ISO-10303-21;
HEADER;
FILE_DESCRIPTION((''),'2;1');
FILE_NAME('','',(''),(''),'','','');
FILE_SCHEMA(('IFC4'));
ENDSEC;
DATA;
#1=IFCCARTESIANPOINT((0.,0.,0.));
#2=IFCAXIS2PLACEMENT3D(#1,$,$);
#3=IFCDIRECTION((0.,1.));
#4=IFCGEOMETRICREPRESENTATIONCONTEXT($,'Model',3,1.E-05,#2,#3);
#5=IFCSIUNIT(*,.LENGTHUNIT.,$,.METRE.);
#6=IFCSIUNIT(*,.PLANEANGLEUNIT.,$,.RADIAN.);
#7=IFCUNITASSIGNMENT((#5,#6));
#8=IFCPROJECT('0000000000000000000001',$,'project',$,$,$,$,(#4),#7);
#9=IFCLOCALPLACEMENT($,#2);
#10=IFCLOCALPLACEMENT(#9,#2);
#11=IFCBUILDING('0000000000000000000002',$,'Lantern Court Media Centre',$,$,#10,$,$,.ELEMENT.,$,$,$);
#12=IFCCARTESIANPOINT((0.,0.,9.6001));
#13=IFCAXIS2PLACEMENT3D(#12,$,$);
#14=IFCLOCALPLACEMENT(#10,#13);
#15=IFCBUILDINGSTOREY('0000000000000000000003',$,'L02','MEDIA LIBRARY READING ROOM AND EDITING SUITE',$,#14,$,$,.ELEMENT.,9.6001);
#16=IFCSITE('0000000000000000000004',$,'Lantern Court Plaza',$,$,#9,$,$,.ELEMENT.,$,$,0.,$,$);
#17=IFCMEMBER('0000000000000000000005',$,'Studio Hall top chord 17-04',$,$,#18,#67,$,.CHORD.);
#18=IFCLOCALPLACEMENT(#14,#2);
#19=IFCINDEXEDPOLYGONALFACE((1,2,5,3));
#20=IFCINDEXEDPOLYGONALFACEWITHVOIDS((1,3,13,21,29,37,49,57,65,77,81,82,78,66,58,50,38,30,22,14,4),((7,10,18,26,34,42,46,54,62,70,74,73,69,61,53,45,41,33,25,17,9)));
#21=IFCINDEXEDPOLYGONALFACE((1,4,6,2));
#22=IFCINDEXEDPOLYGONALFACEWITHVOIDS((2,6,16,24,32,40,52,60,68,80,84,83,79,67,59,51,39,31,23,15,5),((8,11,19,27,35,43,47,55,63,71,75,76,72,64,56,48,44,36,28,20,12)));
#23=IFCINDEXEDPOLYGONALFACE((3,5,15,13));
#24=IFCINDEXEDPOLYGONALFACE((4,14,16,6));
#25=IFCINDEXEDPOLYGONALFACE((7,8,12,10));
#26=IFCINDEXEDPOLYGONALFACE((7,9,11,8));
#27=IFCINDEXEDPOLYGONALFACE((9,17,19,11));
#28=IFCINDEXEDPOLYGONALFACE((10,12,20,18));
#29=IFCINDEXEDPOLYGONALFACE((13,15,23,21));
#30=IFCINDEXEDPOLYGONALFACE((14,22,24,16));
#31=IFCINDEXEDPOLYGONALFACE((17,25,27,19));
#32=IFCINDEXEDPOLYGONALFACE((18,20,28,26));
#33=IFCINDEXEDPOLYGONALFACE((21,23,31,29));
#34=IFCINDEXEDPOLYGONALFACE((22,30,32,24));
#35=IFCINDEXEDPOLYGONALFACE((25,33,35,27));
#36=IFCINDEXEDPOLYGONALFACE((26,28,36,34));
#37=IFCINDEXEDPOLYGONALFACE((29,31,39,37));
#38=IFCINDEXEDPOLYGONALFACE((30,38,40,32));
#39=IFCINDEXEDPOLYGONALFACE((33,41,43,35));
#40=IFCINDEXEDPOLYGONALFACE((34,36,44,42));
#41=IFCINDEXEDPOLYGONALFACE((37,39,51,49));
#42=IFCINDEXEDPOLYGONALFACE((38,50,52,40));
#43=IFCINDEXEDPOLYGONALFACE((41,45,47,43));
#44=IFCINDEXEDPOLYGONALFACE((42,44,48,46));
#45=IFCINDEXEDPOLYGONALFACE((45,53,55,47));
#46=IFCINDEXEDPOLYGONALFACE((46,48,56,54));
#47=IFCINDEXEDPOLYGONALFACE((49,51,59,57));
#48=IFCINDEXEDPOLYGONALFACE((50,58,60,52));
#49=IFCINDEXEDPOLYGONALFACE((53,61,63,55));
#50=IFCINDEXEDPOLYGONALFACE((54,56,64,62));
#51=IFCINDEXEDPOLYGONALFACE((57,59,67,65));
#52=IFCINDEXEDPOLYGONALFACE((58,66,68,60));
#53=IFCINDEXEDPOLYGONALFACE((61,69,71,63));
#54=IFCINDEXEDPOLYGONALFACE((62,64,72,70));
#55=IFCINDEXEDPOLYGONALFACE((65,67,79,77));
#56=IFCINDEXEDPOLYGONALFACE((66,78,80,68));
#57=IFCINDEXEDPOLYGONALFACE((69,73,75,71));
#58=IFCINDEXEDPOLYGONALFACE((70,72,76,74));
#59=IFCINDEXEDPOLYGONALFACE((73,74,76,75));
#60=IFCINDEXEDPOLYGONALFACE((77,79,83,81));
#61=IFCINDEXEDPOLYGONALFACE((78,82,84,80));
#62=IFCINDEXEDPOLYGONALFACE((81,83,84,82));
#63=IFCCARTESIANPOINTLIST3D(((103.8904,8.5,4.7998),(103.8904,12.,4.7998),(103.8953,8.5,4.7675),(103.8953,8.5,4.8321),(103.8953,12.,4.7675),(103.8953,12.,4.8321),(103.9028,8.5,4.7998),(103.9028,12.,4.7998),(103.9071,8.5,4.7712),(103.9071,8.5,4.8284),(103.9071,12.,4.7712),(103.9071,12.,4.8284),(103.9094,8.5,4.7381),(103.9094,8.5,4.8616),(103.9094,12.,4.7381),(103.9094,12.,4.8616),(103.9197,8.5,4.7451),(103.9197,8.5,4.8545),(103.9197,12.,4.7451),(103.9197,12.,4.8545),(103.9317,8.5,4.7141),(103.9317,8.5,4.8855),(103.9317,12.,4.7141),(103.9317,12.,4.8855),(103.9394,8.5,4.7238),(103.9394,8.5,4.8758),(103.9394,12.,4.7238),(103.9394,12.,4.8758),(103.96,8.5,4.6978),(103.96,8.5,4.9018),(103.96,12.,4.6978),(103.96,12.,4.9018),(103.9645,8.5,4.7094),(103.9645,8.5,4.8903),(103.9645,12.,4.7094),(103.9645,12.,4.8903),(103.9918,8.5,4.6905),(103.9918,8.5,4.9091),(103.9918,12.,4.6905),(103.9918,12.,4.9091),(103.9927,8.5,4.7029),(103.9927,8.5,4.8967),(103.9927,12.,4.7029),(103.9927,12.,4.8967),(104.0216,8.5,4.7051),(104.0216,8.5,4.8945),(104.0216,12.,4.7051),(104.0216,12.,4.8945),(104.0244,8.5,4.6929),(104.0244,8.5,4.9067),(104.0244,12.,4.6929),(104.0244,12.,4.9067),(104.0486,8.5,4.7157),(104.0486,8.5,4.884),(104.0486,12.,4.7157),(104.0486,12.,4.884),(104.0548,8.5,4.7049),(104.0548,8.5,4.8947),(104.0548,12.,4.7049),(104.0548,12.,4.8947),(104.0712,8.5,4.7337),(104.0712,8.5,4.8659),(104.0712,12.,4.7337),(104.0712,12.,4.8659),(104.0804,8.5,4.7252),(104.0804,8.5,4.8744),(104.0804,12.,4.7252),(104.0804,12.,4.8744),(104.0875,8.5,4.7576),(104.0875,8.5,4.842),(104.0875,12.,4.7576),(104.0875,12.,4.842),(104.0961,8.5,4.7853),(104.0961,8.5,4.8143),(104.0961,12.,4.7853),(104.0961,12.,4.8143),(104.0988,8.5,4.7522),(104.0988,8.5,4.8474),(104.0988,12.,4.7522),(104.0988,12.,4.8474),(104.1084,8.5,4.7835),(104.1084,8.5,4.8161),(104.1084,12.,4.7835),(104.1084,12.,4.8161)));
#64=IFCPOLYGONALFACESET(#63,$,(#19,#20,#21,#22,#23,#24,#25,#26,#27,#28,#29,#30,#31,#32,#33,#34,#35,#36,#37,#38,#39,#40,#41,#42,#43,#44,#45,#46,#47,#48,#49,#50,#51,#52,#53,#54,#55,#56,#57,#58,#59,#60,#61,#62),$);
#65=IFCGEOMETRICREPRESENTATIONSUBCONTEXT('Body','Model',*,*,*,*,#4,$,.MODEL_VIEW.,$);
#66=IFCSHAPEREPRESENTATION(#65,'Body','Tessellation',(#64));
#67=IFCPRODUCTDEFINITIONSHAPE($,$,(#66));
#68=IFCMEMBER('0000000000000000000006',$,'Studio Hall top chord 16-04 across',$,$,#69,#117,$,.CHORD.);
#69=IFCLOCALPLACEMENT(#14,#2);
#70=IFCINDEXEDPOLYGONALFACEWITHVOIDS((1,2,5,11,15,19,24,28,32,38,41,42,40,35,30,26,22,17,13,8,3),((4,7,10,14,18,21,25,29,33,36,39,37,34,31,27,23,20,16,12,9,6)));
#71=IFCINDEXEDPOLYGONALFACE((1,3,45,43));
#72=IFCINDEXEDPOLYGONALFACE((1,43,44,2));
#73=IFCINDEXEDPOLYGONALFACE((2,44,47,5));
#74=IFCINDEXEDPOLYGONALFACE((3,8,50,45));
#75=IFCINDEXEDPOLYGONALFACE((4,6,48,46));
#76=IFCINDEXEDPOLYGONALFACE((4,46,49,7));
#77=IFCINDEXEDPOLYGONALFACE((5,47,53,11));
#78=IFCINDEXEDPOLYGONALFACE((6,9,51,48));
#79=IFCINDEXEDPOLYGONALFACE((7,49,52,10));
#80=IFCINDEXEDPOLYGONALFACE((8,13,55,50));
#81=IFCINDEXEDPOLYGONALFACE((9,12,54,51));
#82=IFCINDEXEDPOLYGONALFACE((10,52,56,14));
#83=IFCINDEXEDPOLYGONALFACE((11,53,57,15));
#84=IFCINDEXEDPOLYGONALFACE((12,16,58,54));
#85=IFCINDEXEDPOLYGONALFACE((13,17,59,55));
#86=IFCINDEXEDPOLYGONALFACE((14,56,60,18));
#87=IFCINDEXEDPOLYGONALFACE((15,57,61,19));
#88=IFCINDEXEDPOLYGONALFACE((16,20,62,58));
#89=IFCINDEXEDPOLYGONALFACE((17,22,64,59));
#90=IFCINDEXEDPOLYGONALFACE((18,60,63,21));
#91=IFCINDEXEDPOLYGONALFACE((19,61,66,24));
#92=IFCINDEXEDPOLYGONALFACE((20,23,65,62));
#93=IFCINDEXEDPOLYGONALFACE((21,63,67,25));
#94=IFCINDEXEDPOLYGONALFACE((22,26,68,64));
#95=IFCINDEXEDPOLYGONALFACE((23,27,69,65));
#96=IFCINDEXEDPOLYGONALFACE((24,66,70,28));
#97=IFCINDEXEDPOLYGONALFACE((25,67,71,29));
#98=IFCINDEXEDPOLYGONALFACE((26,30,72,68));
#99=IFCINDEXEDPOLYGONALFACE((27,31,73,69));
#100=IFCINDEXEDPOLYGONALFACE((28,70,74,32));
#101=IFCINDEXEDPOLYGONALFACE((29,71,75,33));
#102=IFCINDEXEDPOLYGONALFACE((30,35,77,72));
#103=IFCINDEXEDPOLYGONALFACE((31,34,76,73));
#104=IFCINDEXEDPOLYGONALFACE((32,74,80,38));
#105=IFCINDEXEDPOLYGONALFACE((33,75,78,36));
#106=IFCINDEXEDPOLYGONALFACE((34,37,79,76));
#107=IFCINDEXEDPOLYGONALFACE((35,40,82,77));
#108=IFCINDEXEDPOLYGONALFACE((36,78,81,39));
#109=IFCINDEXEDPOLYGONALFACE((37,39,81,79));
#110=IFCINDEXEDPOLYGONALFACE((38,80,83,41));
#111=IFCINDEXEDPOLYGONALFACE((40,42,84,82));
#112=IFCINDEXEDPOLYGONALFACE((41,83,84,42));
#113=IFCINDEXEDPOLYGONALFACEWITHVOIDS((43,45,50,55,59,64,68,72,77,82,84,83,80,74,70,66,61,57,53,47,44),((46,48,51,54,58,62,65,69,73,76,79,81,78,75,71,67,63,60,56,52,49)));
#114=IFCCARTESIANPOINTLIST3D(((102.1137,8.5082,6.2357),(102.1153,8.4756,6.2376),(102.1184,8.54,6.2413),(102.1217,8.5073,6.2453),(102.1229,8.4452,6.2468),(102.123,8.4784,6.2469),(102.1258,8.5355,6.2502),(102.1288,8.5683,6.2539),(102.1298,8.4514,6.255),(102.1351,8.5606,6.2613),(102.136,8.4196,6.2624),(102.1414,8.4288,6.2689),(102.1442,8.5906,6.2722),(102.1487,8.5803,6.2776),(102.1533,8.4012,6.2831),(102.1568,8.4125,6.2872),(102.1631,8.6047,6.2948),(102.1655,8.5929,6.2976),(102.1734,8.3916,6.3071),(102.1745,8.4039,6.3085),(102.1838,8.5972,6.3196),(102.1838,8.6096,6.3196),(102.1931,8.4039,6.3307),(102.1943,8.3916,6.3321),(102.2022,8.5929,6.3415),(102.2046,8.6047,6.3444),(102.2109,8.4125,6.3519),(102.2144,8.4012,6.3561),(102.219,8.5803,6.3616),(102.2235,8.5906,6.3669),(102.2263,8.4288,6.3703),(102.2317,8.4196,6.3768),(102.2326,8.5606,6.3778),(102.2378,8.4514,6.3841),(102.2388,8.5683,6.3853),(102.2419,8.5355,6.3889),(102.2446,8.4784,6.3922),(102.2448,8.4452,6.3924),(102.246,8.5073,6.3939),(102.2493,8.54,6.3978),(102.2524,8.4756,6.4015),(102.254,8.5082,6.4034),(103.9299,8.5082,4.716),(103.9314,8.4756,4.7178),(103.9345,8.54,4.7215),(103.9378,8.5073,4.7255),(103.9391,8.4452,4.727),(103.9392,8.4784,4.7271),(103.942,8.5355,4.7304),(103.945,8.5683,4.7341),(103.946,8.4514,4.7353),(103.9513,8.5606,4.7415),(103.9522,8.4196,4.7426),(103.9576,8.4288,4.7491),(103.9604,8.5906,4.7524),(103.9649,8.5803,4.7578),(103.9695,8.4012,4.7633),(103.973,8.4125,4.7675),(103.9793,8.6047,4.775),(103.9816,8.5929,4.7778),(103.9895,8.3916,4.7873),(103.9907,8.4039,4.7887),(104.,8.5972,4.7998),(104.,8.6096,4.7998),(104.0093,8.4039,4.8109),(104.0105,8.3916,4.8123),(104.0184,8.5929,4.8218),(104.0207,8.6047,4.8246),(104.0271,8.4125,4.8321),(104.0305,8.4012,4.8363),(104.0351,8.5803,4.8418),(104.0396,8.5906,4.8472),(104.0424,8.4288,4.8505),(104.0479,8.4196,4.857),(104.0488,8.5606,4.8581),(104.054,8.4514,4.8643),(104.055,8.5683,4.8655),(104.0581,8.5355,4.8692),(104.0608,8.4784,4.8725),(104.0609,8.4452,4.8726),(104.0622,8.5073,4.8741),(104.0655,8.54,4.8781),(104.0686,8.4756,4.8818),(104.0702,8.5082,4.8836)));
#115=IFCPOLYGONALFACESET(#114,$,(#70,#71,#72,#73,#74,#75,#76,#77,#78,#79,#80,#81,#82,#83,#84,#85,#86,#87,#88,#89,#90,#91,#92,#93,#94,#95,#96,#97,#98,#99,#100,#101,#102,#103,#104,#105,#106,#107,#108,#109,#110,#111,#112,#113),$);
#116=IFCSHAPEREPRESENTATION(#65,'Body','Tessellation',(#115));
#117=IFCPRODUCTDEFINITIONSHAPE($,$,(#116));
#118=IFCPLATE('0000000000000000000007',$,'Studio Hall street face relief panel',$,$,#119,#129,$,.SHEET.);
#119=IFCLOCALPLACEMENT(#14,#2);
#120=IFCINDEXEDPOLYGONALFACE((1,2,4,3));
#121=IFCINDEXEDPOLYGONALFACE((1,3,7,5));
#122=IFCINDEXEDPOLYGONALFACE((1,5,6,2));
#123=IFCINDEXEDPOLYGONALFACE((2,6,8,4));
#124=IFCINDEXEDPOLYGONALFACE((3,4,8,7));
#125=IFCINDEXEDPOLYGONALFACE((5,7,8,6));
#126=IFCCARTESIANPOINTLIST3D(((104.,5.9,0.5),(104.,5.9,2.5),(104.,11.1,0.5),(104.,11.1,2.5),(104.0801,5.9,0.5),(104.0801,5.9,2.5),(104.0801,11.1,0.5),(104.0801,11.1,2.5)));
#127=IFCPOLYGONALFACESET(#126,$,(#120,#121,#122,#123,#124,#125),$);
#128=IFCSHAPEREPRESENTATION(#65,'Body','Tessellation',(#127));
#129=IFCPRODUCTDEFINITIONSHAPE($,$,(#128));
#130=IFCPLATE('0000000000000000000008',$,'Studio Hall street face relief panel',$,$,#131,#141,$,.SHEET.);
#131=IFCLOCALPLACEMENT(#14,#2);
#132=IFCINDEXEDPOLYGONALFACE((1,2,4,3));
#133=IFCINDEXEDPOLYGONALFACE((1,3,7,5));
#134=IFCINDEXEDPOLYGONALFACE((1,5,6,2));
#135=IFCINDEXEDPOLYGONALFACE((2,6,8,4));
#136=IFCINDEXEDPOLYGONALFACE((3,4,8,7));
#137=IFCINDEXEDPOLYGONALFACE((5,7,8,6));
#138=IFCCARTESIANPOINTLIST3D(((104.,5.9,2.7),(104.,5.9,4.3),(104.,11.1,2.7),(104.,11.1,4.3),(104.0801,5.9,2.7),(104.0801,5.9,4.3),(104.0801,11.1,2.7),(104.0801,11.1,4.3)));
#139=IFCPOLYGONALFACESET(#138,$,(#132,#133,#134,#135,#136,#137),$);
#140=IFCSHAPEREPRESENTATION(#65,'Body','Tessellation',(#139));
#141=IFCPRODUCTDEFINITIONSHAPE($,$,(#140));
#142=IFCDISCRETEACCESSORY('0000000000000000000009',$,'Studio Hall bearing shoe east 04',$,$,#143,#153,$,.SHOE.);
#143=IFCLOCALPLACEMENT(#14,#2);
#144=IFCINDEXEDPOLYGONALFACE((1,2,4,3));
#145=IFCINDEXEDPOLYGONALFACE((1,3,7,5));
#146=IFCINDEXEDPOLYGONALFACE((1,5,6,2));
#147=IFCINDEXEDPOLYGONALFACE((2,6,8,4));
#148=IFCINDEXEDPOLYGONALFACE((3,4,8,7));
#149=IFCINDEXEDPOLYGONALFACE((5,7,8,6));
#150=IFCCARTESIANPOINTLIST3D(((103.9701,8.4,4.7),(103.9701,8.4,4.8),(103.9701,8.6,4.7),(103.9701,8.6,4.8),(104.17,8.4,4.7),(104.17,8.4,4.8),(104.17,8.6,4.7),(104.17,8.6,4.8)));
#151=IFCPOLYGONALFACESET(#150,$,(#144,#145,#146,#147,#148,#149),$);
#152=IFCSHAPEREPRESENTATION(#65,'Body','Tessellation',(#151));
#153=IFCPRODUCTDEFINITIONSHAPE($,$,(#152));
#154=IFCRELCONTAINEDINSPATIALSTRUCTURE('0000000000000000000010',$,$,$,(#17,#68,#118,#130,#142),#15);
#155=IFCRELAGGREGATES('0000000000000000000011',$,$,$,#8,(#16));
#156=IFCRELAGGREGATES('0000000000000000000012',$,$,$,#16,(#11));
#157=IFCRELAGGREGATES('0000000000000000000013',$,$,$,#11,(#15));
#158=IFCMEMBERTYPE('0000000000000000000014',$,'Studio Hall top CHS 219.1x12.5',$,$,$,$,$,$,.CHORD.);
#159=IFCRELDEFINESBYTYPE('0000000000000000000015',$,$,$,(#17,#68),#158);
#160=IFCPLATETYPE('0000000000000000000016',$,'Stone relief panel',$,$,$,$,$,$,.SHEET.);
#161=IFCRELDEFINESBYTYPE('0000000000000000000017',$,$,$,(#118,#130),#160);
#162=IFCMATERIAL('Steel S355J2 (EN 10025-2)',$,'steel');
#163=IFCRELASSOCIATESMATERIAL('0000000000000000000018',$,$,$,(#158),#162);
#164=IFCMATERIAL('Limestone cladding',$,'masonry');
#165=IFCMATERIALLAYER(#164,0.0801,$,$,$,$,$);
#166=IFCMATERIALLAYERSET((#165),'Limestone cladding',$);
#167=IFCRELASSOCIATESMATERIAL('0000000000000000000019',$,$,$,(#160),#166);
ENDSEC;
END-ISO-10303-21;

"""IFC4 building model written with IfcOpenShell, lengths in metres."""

from ifc_helpers import new_model, si_unit, direction, frame, origin, origin_2d, place, context, subcontext, project, spatial, rectangle, hollow_circle, extrude, material, layer, layer_set, material_profile, profile_set, type_object, element, save


model = new_model("IFC4")

# Units and contexts
model_context = context("Model", 3, precision=1e-05, world=origin(), true_north=direction((0.0, 1.0)))
body_context = subcontext(model_context, "Body", "Model", "MODEL_VIEW")
ifc_project = project(units=[si_unit("LENGTHUNIT", "METRE"), si_unit("PLANEANGLEUNIT", "RADIAN")], contexts=[model_context])

# Site, building, storey
site_placement = place(None, origin())
site = spatial("IfcSite", under=ifc_project, at=site_placement, Name="Lantern Court Plaza", CompositionType="ELEMENT", RefElevation=0.0)
building_placement = place(site_placement, origin())
building = spatial("IfcBuilding", under=site, at=building_placement, Name="Lantern Court Media Centre", CompositionType="ELEMENT")
storey_placement = place(building_placement, frame((0.0, 0.0, 9.6001)))
storey = spatial("IfcBuildingStorey", under=building, at=storey_placement, Name="L02", Description="MEDIA LIBRARY READING ROOM AND EDITING SUITE", CompositionType="ELEMENT", Elevation=9.6001)

# Members
ifc_material_1 = material(Name="Steel S355J2 (EN 10025-2)", Category="steel")
ifc_material_profile_1 = material_profile(ifc_material_1, hollow_circle(Radius=0.1096, WallThickness=0.0125, at=origin_2d()), Name="Studio Hall top CHS 219.1x12.5")
ifc_profile_set_1 = profile_set([ifc_material_profile_1], Name="Steel S355J2 (EN 10025-2)")
member_type_1 = type_object("IfcMemberType", Name="Studio Hall top CHS 219.1x12.5", PredefinedType="CHORD", material=ifc_profile_set_1)
member_1_placement = place(storey_placement, frame((104.0, 8.5, 4.7998), z_axis=(0.0, 1.0, 0.0), x_axis=(-1.0, 0.0, 0.0)))
element("IfcMember", 1, at=member_1_placement, inside=storey, type_object=member_type_1, Name="Studio Hall top chord 17-04", PredefinedType="CHORD", context=body_context, shape_type="SweptSolid", body=[
    extrude(hollow_circle(Radius=0.1096, WallThickness=0.0125, at=origin_2d()), origin(), (0.0, 0.0, 1.0), 3.5),
])
member_2_placement = place(storey_placement, frame((102.1838, 8.5, 6.3196), z_axis=(0.76691, 0.0, -0.641755), x_axis=(0.0, 1.0, 0.0)))
element("IfcMember", 2, at=member_2_placement, inside=storey, type_object=member_type_1, Name="Studio Hall top chord 16-04 across", PredefinedType="CHORD", context=body_context, shape_type="SweptSolid", body=[
    extrude(hollow_circle(Radius=0.1096, WallThickness=0.0125, at=origin_2d()), origin(), (0.0, 0.0, 1.0), 2.3682),
])

# Plates
ifc_material_2 = material(Name="Limestone cladding", Category="masonry")
ifc_layer = layer(ifc_material_2, 0.0801)
ifc_layer_set = layer_set([ifc_layer], Name="Limestone cladding")
plate_type = type_object("IfcPlateType", Name="Stone relief panel", PredefinedType="SHEET", material=ifc_layer_set)
plate_1_placement = place(storey_placement, frame((104.04, 8.5, 0.5), z_axis=(0.0, 0.0, 1.0), x_axis=(1.0, 0.0, 0.0)))
element("IfcPlate", 3, at=plate_1_placement, inside=storey, type_object=plate_type, Name="Studio Hall street face relief panel", PredefinedType="SHEET", context=body_context, shape_type="SweptSolid", body=[
    extrude(rectangle(XDim=0.0801, YDim=5.2, at=origin_2d()), origin(), (0.0, 0.0, 1.0), 2.0),
])
plate_2_placement = place(storey_placement, frame((104.04, 8.5, 2.7), z_axis=(0.0, 0.0, 1.0), x_axis=(1.0, 0.0, 0.0)))
element("IfcPlate", 4, at=plate_2_placement, inside=storey, type_object=plate_type, Name="Studio Hall street face relief panel", PredefinedType="SHEET", context=body_context, shape_type="SweptSolid", body=[
    extrude(rectangle(XDim=0.0801, YDim=5.2, at=origin_2d()), origin(), (0.0, 0.0, 1.0), 1.6001),
])

# Discrete accessory
discrete_accessory_placement = place(storey_placement, frame((104.0701, 8.5, 4.7), z_axis=(0.0, 0.0, 1.0), x_axis=(1.0, 0.0, 0.0)))
element("IfcDiscreteAccessory", 5, at=discrete_accessory_placement, inside=storey, Name="Studio Hall bearing shoe east 04", PredefinedType="SHOE", context=body_context, shape_type="SweptSolid", body=[
    extrude(rectangle(XDim=0.2, YDim=0.2, at=origin_2d()), origin(), (0.0, 0.0, 1.0), 0.1001),
])

save(model, "model.ifc")
